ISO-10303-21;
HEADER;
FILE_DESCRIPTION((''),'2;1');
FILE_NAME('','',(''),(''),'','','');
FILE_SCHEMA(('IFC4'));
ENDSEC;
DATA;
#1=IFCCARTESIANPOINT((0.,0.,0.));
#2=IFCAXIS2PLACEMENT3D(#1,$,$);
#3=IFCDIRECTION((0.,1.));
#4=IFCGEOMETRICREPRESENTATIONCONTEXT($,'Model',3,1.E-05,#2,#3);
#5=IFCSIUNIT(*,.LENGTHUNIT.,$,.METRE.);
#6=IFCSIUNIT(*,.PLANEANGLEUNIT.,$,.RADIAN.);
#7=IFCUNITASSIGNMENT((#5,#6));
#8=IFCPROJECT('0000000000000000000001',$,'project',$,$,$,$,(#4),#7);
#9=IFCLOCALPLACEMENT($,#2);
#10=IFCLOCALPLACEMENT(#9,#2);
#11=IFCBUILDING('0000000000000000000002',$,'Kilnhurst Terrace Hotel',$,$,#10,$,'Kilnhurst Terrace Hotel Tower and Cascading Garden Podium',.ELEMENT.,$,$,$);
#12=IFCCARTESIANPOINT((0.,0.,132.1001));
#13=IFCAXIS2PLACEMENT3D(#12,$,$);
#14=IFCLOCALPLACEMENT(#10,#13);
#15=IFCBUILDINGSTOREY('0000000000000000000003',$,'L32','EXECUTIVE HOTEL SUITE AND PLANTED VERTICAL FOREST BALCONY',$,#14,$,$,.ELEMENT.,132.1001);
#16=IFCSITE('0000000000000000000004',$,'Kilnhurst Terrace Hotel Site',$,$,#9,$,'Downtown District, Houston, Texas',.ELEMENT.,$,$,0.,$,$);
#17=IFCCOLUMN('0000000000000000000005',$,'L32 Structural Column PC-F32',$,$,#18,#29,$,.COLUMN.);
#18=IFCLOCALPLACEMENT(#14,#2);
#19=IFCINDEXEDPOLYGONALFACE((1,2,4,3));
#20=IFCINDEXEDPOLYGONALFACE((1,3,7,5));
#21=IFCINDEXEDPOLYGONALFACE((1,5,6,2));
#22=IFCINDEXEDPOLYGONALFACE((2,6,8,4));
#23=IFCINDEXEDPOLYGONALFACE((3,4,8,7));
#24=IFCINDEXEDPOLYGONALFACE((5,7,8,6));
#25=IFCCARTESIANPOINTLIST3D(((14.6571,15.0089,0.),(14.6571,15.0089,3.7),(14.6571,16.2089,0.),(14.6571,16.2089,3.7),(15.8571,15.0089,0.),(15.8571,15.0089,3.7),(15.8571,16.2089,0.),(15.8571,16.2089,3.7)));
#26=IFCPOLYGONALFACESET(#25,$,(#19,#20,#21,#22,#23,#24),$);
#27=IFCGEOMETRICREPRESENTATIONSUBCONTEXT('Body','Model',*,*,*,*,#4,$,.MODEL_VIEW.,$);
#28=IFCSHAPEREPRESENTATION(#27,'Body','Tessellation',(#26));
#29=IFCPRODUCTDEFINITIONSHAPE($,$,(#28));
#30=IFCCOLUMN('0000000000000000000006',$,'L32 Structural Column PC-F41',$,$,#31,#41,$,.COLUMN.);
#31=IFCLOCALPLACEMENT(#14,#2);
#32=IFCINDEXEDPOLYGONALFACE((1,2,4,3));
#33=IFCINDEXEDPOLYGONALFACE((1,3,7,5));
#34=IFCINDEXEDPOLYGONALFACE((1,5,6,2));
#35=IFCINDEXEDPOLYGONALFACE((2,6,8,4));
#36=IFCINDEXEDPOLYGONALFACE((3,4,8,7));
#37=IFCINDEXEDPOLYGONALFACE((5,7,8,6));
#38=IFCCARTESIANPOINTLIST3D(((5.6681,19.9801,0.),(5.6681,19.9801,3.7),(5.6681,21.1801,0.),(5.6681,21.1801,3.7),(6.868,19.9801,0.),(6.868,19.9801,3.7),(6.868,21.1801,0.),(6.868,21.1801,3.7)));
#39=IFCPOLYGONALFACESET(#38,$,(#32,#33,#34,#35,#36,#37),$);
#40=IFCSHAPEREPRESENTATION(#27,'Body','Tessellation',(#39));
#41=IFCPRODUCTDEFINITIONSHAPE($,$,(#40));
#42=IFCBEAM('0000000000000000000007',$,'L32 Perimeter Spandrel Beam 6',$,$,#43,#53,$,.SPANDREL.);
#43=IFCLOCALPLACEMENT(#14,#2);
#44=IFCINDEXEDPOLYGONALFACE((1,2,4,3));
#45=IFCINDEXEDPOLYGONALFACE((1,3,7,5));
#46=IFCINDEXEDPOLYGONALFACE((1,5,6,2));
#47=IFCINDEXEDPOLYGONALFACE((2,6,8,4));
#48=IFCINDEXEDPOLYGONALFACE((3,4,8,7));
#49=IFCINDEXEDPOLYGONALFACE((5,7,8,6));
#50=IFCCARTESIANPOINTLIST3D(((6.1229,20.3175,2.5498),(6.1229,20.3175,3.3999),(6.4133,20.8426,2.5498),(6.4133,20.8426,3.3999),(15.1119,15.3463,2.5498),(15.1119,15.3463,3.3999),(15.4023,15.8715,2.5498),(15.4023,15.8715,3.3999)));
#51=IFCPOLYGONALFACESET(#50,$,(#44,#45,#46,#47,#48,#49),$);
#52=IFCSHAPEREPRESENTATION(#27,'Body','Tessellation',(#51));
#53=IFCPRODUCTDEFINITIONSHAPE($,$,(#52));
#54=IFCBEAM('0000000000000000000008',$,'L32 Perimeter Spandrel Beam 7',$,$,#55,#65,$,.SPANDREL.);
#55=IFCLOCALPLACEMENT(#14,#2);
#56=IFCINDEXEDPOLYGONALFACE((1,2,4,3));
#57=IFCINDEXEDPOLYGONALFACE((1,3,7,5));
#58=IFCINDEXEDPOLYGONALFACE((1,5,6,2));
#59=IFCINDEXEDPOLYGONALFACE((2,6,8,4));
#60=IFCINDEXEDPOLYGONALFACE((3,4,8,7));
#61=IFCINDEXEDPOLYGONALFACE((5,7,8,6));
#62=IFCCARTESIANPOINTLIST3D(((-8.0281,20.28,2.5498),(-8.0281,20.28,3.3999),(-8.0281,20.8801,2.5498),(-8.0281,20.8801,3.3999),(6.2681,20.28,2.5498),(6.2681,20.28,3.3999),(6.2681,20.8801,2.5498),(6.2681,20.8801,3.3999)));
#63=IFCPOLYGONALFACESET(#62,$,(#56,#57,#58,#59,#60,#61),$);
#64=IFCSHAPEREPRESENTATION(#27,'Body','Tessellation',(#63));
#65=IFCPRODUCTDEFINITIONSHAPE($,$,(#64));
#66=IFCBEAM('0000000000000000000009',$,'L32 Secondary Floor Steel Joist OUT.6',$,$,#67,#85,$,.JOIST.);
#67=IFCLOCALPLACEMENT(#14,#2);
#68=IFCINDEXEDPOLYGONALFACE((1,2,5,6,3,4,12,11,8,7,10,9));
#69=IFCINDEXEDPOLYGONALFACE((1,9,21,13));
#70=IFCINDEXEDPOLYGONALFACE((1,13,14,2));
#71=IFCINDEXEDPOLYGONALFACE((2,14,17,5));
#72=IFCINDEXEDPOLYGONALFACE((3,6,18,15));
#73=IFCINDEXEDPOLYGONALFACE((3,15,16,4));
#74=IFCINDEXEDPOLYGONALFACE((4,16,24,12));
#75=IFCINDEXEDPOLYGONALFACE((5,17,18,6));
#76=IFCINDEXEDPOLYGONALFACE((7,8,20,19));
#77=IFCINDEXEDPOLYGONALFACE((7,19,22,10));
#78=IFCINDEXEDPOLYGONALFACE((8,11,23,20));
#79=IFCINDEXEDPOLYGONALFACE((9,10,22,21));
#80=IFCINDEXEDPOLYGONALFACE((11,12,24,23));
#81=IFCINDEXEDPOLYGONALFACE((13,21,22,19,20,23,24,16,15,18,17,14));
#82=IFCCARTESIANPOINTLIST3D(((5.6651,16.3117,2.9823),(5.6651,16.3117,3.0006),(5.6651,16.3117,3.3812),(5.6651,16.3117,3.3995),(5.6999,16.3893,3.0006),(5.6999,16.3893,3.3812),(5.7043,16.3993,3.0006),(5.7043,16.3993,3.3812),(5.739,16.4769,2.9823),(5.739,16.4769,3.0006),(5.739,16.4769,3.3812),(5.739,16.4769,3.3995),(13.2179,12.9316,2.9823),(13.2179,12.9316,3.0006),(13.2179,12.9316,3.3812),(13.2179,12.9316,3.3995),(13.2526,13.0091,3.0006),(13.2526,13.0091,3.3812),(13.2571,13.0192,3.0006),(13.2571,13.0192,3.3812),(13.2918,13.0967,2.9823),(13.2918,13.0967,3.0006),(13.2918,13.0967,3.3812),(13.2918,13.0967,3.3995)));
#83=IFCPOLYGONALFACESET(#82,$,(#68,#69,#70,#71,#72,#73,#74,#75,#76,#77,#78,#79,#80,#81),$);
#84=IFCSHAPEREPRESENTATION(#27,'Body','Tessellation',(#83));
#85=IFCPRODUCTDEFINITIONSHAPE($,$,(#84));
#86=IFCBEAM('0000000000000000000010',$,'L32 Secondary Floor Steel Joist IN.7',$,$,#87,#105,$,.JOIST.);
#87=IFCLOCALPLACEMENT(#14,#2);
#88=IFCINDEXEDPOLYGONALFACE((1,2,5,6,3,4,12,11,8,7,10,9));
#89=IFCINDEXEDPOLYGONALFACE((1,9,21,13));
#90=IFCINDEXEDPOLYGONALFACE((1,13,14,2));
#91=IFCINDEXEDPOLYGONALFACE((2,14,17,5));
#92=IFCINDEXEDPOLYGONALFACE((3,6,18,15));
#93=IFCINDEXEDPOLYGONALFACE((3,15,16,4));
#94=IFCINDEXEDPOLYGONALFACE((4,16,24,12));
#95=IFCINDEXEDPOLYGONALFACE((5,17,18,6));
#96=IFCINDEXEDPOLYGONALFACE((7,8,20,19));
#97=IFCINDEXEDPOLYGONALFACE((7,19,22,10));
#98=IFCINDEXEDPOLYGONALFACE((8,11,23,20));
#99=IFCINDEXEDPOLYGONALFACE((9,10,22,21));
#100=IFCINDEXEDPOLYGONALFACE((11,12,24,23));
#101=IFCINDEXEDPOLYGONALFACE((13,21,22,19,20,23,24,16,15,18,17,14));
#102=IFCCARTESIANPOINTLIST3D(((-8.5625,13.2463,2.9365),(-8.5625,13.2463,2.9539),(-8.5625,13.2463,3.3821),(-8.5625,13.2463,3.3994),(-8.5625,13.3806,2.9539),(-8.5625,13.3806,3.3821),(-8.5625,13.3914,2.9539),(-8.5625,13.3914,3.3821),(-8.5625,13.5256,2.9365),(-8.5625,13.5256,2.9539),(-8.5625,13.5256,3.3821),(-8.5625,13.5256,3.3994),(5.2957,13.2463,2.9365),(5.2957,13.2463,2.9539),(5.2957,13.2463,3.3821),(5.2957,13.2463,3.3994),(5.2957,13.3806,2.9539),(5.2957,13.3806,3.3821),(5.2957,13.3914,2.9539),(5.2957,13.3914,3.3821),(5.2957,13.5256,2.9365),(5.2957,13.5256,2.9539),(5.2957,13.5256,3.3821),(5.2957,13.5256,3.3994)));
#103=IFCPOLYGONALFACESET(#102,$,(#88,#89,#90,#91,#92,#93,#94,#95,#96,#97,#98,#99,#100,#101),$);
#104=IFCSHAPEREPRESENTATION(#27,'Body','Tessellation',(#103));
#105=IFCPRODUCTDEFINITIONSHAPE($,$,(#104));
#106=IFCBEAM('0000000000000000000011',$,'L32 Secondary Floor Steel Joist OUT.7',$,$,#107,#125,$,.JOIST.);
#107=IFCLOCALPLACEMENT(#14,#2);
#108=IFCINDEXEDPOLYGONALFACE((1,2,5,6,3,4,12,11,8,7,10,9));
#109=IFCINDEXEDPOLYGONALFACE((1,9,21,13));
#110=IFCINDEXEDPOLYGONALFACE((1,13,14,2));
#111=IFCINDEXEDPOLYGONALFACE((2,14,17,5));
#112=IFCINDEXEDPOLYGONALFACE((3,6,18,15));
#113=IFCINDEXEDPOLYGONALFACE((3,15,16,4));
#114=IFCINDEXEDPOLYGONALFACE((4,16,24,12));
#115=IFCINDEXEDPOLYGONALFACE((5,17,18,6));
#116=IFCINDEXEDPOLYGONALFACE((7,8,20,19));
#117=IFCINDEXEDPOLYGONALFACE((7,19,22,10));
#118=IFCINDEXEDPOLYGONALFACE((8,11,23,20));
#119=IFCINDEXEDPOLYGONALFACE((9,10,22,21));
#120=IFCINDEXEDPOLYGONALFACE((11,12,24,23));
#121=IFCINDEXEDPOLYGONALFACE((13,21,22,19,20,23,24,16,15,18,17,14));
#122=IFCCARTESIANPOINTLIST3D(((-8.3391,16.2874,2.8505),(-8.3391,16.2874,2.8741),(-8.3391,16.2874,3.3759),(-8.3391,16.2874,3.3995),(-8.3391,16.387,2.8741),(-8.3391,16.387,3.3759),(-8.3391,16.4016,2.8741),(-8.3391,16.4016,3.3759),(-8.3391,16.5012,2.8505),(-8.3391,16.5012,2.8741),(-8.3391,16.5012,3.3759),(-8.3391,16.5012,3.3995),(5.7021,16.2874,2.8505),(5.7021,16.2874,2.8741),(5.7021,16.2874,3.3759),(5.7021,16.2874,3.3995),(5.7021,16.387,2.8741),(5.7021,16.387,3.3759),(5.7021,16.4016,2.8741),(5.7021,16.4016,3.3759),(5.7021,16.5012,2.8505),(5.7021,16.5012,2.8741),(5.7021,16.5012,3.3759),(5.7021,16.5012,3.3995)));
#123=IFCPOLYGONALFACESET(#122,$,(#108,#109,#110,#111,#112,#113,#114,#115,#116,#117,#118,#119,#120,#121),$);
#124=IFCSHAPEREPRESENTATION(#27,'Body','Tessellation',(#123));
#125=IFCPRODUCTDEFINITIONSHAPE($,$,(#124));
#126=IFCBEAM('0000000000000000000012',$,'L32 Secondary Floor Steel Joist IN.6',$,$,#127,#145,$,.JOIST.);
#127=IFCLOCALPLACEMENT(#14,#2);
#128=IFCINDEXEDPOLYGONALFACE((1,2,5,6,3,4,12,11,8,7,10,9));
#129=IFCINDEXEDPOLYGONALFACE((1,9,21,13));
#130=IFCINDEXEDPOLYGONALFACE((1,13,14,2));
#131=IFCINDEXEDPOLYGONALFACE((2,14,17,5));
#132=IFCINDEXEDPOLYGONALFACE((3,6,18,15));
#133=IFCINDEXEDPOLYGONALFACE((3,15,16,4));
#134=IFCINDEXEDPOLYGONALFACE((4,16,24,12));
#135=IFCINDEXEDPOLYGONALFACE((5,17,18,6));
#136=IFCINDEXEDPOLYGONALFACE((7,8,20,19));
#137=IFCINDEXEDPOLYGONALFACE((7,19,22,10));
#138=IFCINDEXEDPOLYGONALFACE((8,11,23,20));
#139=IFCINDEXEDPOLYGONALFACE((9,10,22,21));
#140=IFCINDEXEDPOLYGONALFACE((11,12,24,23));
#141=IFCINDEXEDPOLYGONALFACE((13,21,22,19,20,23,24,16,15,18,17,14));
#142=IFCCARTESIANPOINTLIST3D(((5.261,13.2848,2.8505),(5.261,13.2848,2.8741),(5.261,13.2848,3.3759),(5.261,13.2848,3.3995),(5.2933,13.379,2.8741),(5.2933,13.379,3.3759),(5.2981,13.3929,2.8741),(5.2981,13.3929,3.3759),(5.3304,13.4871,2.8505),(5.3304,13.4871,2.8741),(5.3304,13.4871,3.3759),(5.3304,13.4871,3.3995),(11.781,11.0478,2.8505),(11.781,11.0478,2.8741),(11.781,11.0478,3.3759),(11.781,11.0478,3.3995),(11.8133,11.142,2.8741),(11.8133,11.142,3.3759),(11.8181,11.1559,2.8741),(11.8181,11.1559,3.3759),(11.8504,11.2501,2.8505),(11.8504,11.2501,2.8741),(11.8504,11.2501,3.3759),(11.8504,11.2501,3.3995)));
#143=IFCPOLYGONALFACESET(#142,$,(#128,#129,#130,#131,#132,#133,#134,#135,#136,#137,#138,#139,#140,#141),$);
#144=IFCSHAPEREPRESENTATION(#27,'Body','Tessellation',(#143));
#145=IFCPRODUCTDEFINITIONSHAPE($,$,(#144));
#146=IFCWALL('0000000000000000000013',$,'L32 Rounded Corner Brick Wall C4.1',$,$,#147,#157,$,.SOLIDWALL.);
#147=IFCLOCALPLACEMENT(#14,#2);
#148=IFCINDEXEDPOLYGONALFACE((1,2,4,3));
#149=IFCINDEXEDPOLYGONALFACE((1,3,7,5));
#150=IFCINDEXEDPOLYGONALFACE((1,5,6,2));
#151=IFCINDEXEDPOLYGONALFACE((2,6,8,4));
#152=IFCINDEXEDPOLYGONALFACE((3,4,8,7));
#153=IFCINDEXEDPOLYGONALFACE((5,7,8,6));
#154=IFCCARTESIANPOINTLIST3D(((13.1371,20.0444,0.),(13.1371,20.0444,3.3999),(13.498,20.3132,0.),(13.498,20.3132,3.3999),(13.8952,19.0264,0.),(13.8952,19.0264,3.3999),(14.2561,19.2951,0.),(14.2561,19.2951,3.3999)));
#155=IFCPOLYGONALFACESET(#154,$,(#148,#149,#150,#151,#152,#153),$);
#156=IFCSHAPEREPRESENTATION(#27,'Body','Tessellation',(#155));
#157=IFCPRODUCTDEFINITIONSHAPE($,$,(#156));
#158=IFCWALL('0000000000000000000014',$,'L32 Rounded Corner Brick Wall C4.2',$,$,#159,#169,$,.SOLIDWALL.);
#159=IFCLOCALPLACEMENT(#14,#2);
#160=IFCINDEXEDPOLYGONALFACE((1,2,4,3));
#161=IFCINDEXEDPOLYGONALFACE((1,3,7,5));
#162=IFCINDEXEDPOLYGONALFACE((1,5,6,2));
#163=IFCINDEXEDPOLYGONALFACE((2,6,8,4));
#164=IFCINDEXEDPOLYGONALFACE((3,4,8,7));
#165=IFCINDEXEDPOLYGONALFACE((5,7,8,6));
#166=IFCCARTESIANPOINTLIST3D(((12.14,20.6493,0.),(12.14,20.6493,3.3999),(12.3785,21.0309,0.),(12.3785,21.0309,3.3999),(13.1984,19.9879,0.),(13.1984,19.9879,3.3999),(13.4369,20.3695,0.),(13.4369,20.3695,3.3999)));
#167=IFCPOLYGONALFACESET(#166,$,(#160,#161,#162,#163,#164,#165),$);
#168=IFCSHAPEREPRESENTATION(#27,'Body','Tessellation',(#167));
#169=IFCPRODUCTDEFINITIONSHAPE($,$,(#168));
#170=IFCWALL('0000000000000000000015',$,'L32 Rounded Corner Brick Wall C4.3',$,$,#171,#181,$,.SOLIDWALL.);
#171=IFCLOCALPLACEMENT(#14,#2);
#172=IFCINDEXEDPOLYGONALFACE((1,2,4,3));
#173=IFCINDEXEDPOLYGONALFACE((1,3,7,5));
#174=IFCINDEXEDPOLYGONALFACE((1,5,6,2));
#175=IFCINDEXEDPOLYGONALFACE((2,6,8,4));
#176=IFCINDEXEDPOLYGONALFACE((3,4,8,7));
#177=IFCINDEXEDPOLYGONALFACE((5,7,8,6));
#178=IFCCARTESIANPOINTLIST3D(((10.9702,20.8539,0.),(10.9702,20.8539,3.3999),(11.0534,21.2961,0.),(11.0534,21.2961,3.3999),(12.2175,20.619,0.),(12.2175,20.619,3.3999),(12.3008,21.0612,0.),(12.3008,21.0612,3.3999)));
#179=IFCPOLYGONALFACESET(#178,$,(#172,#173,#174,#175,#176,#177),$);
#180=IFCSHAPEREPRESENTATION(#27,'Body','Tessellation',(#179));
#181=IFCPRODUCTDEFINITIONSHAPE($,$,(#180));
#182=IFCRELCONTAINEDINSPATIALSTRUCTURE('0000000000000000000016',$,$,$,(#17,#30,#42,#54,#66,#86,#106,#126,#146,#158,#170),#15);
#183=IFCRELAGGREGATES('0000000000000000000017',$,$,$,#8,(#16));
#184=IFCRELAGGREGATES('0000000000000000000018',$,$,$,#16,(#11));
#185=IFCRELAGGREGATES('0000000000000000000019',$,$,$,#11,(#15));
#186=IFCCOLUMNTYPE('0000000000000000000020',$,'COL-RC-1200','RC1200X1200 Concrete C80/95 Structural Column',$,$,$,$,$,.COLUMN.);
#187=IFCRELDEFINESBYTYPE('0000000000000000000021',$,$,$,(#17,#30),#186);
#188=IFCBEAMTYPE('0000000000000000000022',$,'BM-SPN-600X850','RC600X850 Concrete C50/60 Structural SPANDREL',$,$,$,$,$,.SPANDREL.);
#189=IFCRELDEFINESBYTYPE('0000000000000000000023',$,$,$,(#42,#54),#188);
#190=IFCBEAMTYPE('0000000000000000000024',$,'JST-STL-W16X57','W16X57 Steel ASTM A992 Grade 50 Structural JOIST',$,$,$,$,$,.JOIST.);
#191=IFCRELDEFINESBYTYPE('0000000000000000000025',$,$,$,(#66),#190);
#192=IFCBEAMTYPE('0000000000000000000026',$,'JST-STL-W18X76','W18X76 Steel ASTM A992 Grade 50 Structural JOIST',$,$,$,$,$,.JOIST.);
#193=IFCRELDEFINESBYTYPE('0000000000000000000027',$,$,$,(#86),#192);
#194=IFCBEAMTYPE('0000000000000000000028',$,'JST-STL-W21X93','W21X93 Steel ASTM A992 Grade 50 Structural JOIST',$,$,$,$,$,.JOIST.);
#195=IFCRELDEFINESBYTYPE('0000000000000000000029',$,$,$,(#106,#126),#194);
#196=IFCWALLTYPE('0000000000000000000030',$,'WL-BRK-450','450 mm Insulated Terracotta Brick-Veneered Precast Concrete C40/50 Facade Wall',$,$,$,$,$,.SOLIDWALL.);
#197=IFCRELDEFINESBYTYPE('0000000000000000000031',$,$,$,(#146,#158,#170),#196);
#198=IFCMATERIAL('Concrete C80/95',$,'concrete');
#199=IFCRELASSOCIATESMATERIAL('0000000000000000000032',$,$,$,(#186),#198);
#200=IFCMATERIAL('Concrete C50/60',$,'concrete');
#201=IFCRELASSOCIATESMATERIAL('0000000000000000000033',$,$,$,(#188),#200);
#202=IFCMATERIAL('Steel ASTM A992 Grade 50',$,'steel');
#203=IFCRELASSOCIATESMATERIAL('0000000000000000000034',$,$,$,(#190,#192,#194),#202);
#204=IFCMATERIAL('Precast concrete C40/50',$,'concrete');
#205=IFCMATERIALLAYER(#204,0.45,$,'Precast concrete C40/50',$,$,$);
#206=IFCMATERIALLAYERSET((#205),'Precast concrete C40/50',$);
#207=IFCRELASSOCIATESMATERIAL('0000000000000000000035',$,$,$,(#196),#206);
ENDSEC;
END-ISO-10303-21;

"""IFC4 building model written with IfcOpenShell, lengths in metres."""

from ifc_helpers import new_model, si_unit, direction, frame, frame_2d, origin, origin_2d, place, context, subcontext, project, spatial, rectangle, i_section, extrude, material, layer, layer_set, material_profile, profile_set, type_object, element, save


model = new_model("IFC4")

# Units and contexts
model_context = context("Model", 3, precision=1e-05, world=origin(), true_north=direction((0.0, 1.0)))
body_context = subcontext(model_context, "Body", "Model", "MODEL_VIEW")
ifc_project = project(units=[si_unit("LENGTHUNIT", "METRE"), si_unit("PLANEANGLEUNIT", "RADIAN")], contexts=[model_context])

# Site, building, storey
site_placement = place(None, origin())
site = spatial("IfcSite", under=ifc_project, at=site_placement, Name="Kilnhurst Terrace Hotel Site", LongName="Downtown District, Houston, Texas", CompositionType="ELEMENT", RefElevation=0.0)
building_placement = place(site_placement, origin())
building = spatial("IfcBuilding", under=site, at=building_placement, Name="Kilnhurst Terrace Hotel", LongName="Kilnhurst Terrace Hotel Tower and Cascading Garden Podium", CompositionType="ELEMENT")
storey_placement = place(building_placement, frame((0.0, 0.0, 132.1001)))
storey = spatial("IfcBuildingStorey", under=building, at=storey_placement, Name="L32", Description="EXECUTIVE HOTEL SUITE AND PLANTED VERTICAL FOREST BALCONY", CompositionType="ELEMENT", Elevation=132.1001)

# Columns
ifc_material_1 = material(Name="Concrete C80/95", Category="concrete")
ifc_material_profile_1 = material_profile(ifc_material_1, rectangle(XDim=1.2, YDim=1.2, at=origin_2d()), Name="RC1200X1200")
ifc_profile_set_1 = profile_set([ifc_material_profile_1], Name="Concrete C80/95")
column_type = type_object("IfcColumnType", Name="COL-RC-1200", Description="RC1200X1200 Concrete C80/95 Structural Column", PredefinedType="COLUMN", material=ifc_profile_set_1)
for number, where, z_axis, x_axis, name in (
    (1, (15.2571, 15.6089, 0.0), (0.0, 0.0, 1.0), (1.0, 0.0, 0.0), "L32 Structural Column PC-F32"),
    (2, (6.2681, 20.5801, 0.0), (0.0, 0.0, 1.0), (1.0, 0.0, 0.0), "L32 Structural Column PC-F41"),
):
    element("IfcColumn", number, at=place(storey_placement, frame(where, z_axis=z_axis, x_axis=x_axis)), inside=storey, type_object=column_type, Name=name, PredefinedType="COLUMN", context=body_context, shape_type="SweptSolid", body=[
        extrude(rectangle(XDim=1.2, YDim=1.2, at=origin_2d()), origin(), (0.0, 0.0, 1.0), 3.7),
    ])

# Beams
ifc_material_2 = material(Name="Concrete C50/60", Category="concrete")
ifc_material_profile_2 = material_profile(ifc_material_2, rectangle(XDim=0.6001, YDim=0.8501, at=origin_2d()), Name="RC600X850")
ifc_profile_set_2 = profile_set([ifc_material_profile_2], Name="Concrete C50/60")
beam_type_1 = type_object("IfcBeamType", Name="BM-SPN-600X850", Description="RC600X850 Concrete C50/60 Structural SPANDREL", PredefinedType="SPANDREL", material=ifc_profile_set_2)
beam_1_placement = place(storey_placement, frame((15.2571, 15.6089, 2.9749), z_axis=(-0.875094, 0.483953, 0.0), x_axis=(-0.483953, -0.875094, 0.0)))
element("IfcBeam", 3, at=beam_1_placement, inside=storey, type_object=beam_type_1, Name="L32 Perimeter Spandrel Beam 6", PredefinedType="SPANDREL", context=body_context, shape_type="SweptSolid", body=[
    extrude(rectangle(XDim=0.6001, YDim=0.8501, at=origin_2d()), origin(), (0.0, 0.0, 1.0), 10.272),
])
beam_2_placement = place(storey_placement, frame((6.2681, 20.5801, 2.9749), z_axis=(-1.0, 0.0, 0.0), x_axis=(0.0, -1.0, 0.0)))
element("IfcBeam", 4, at=beam_2_placement, inside=storey, type_object=beam_type_1, Name="L32 Perimeter Spandrel Beam 7", PredefinedType="SPANDREL", context=body_context, shape_type="SweptSolid", body=[
    extrude(rectangle(XDim=0.6001, YDim=0.8501, at=origin_2d()), origin(), (0.0, 0.0, 1.0), 14.2961),
])
ifc_material_3 = material(Name="Steel ASTM A992 Grade 50", Category="steel")
ifc_material_profile_3 = material_profile(ifc_material_3, i_section(OverallWidth=0.1809, OverallDepth=0.4172, WebThickness=0.011, FlangeThickness=0.0183, at=origin_2d()), Name="W16X57")
ifc_profile_set_3 = profile_set([ifc_material_profile_3], Name="Steel ASTM A992 Grade 50")
beam_type_2 = type_object("IfcBeamType", Name="JST-STL-W16X57", Description="W16X57 Steel ASTM A992 Grade 50 Structural JOIST", PredefinedType="JOIST", material=ifc_profile_set_3)
beam_3_placement = place(storey_placement, frame((13.2549, 13.0142, 3.1909), z_axis=(-0.912761, 0.408494, 0.0), x_axis=(-0.408494, -0.912761, 0.0)))
element("IfcBeam", 5, at=beam_3_placement, inside=storey, type_object=beam_type_2, Name="L32 Secondary Floor Steel Joist OUT.6", PredefinedType="JOIST", context=body_context, shape_type="SweptSolid", body=[
    extrude(i_section(OverallWidth=0.1809, OverallDepth=0.4172, WebThickness=0.011, FlangeThickness=0.0183, at=origin_2d()), origin(), (0.0, 0.0, 1.0), 8.2747),
])
ifc_material_profile_4 = material_profile(ifc_material_3, i_section(OverallWidth=0.2793, OverallDepth=0.4629, WebThickness=0.0107, FlangeThickness=0.0173, at=origin_2d()), Name="W18X76")
ifc_profile_set_4 = profile_set([ifc_material_profile_4], Name="Steel ASTM A992 Grade 50")
beam_type_3 = type_object("IfcBeamType", Name="JST-STL-W18X76", Description="W18X76 Steel ASTM A992 Grade 50 Structural JOIST", PredefinedType="JOIST", material=ifc_profile_set_4)
beam_4_placement = place(storey_placement, frame((5.2957, 13.386, 3.168), z_axis=(-1.0, 0.0, 0.0), x_axis=(0.0, -1.0, 0.0)))
element("IfcBeam", 6, at=beam_4_placement, inside=storey, type_object=beam_type_3, Name="L32 Secondary Floor Steel Joist IN.7", PredefinedType="JOIST", context=body_context, shape_type="SweptSolid", body=[
    extrude(i_section(OverallWidth=0.2793, OverallDepth=0.4629, WebThickness=0.0107, FlangeThickness=0.0173, at=origin_2d()), origin(), (0.0, 0.0, 1.0), 13.8582),
])
ifc_material_profile_5 = material_profile(ifc_material_3, i_section(OverallWidth=0.2139, OverallDepth=0.5491, WebThickness=0.0146, FlangeThickness=0.0237, at=origin_2d()), Name="W21X93")
ifc_profile_set_5 = profile_set([ifc_material_profile_5], Name="Steel ASTM A992 Grade 50")
beam_type_4 = type_object("IfcBeamType", Name="JST-STL-W21X93", Description="W21X93 Steel ASTM A992 Grade 50 Structural JOIST", PredefinedType="JOIST", material=ifc_profile_set_5)
beam_5_placement = place(storey_placement, frame((5.7021, 16.3943, 3.125), z_axis=(-1.0, 0.0, 0.0), x_axis=(0.0, -1.0, 0.0)))
element("IfcBeam", 7, at=beam_5_placement, inside=storey, type_object=beam_type_4, Name="L32 Secondary Floor Steel Joist OUT.7", PredefinedType="JOIST", context=body_context, shape_type="SweptSolid", body=[
    extrude(i_section(OverallWidth=0.2139, OverallDepth=0.5491, WebThickness=0.0146, FlangeThickness=0.0237, at=origin_2d()), origin(), (0.0, 0.0, 1.0), 14.0413),
])
beam_6_placement = place(storey_placement, frame((11.8157, 11.1489, 3.125), z_axis=(-0.945874, 0.324535, 0.0), x_axis=(-0.324535, -0.945874, 0.0)))
element("IfcBeam", 8, at=beam_6_placement, inside=storey, type_object=beam_type_4, Name="L32 Secondary Floor Steel Joist IN.6", PredefinedType="JOIST", context=body_context, shape_type="SweptSolid", body=[
    extrude(i_section(OverallWidth=0.2139, OverallDepth=0.5491, WebThickness=0.0146, FlangeThickness=0.0237, at=origin_2d()), origin(), (0.0, 0.0, 1.0), 6.8931),
])

# Walls
ifc_material_4 = material(Name="Precast concrete C40/50", Category="concrete")
ifc_layer_1 = layer(ifc_material_4, 0.45, Name="Precast concrete C40/50")
ifc_layer_set_1 = layer_set([ifc_layer_1], Name="Precast concrete C40/50")
wall_type_1 = type_object("IfcWallType", Name="WL-BRK-450", Description="450 mm Insulated Terracotta Brick-Veneered Precast Concrete C40/50 Facade Wall", PredefinedType="SOLIDWALL", material=ifc_layer_set_1)
wall_1_placement = place(storey_placement, frame((14.0757, 19.1606, 0.0), z_axis=(0.0, 0.0, 1.0), x_axis=(-0.597227, 0.802073, 0.0)))
element("IfcWall", 9, at=wall_1_placement, inside=storey, type_object=wall_type_1, Name="L32 Rounded Corner Brick Wall C4.1", PredefinedType="SOLIDWALL", context=body_context, shape_type="SweptSolid", body=[
    extrude(rectangle(XDim=1.2693, YDim=0.45, at=frame_2d((0.6348, 0.0))), origin(), (0.0, 0.0, 1.0), 3.3999),
])
wall_2_placement = place(storey_placement, frame((13.3176, 20.1787, 0.0), z_axis=(0.0, 0.0, 1.0), x_axis=(-0.848031, 0.529946, 0.0)))
element("IfcWall", 10, at=wall_2_placement, inside=storey, type_object=wall_type_1, Name="L32 Rounded Corner Brick Wall C4.2", PredefinedType="SOLIDWALL", context=body_context, shape_type="SweptSolid", body=[
    extrude(rectangle(XDim=1.248, YDim=0.45, at=frame_2d((0.624, 0.0))), origin(), (0.0, 0.0, 1.0), 3.3999),
])
wall_3_placement = place(storey_placement, frame((12.2593, 20.8401, 0.0), z_axis=(0.0, 0.0, 1.0), x_axis=(-0.98273, 0.185043, 0.0)))
element("IfcWall", 11, at=wall_3_placement, inside=storey, type_object=wall_type_1, Name="L32 Rounded Corner Brick Wall C4.3", PredefinedType="SOLIDWALL", context=body_context, shape_type="SweptSolid", body=[
    extrude(rectangle(XDim=1.2693, YDim=0.45, at=frame_2d((0.6348, 0.0))), origin(), (0.0, 0.0, 1.0), 3.3999),
])

save(model, "model.ifc")
